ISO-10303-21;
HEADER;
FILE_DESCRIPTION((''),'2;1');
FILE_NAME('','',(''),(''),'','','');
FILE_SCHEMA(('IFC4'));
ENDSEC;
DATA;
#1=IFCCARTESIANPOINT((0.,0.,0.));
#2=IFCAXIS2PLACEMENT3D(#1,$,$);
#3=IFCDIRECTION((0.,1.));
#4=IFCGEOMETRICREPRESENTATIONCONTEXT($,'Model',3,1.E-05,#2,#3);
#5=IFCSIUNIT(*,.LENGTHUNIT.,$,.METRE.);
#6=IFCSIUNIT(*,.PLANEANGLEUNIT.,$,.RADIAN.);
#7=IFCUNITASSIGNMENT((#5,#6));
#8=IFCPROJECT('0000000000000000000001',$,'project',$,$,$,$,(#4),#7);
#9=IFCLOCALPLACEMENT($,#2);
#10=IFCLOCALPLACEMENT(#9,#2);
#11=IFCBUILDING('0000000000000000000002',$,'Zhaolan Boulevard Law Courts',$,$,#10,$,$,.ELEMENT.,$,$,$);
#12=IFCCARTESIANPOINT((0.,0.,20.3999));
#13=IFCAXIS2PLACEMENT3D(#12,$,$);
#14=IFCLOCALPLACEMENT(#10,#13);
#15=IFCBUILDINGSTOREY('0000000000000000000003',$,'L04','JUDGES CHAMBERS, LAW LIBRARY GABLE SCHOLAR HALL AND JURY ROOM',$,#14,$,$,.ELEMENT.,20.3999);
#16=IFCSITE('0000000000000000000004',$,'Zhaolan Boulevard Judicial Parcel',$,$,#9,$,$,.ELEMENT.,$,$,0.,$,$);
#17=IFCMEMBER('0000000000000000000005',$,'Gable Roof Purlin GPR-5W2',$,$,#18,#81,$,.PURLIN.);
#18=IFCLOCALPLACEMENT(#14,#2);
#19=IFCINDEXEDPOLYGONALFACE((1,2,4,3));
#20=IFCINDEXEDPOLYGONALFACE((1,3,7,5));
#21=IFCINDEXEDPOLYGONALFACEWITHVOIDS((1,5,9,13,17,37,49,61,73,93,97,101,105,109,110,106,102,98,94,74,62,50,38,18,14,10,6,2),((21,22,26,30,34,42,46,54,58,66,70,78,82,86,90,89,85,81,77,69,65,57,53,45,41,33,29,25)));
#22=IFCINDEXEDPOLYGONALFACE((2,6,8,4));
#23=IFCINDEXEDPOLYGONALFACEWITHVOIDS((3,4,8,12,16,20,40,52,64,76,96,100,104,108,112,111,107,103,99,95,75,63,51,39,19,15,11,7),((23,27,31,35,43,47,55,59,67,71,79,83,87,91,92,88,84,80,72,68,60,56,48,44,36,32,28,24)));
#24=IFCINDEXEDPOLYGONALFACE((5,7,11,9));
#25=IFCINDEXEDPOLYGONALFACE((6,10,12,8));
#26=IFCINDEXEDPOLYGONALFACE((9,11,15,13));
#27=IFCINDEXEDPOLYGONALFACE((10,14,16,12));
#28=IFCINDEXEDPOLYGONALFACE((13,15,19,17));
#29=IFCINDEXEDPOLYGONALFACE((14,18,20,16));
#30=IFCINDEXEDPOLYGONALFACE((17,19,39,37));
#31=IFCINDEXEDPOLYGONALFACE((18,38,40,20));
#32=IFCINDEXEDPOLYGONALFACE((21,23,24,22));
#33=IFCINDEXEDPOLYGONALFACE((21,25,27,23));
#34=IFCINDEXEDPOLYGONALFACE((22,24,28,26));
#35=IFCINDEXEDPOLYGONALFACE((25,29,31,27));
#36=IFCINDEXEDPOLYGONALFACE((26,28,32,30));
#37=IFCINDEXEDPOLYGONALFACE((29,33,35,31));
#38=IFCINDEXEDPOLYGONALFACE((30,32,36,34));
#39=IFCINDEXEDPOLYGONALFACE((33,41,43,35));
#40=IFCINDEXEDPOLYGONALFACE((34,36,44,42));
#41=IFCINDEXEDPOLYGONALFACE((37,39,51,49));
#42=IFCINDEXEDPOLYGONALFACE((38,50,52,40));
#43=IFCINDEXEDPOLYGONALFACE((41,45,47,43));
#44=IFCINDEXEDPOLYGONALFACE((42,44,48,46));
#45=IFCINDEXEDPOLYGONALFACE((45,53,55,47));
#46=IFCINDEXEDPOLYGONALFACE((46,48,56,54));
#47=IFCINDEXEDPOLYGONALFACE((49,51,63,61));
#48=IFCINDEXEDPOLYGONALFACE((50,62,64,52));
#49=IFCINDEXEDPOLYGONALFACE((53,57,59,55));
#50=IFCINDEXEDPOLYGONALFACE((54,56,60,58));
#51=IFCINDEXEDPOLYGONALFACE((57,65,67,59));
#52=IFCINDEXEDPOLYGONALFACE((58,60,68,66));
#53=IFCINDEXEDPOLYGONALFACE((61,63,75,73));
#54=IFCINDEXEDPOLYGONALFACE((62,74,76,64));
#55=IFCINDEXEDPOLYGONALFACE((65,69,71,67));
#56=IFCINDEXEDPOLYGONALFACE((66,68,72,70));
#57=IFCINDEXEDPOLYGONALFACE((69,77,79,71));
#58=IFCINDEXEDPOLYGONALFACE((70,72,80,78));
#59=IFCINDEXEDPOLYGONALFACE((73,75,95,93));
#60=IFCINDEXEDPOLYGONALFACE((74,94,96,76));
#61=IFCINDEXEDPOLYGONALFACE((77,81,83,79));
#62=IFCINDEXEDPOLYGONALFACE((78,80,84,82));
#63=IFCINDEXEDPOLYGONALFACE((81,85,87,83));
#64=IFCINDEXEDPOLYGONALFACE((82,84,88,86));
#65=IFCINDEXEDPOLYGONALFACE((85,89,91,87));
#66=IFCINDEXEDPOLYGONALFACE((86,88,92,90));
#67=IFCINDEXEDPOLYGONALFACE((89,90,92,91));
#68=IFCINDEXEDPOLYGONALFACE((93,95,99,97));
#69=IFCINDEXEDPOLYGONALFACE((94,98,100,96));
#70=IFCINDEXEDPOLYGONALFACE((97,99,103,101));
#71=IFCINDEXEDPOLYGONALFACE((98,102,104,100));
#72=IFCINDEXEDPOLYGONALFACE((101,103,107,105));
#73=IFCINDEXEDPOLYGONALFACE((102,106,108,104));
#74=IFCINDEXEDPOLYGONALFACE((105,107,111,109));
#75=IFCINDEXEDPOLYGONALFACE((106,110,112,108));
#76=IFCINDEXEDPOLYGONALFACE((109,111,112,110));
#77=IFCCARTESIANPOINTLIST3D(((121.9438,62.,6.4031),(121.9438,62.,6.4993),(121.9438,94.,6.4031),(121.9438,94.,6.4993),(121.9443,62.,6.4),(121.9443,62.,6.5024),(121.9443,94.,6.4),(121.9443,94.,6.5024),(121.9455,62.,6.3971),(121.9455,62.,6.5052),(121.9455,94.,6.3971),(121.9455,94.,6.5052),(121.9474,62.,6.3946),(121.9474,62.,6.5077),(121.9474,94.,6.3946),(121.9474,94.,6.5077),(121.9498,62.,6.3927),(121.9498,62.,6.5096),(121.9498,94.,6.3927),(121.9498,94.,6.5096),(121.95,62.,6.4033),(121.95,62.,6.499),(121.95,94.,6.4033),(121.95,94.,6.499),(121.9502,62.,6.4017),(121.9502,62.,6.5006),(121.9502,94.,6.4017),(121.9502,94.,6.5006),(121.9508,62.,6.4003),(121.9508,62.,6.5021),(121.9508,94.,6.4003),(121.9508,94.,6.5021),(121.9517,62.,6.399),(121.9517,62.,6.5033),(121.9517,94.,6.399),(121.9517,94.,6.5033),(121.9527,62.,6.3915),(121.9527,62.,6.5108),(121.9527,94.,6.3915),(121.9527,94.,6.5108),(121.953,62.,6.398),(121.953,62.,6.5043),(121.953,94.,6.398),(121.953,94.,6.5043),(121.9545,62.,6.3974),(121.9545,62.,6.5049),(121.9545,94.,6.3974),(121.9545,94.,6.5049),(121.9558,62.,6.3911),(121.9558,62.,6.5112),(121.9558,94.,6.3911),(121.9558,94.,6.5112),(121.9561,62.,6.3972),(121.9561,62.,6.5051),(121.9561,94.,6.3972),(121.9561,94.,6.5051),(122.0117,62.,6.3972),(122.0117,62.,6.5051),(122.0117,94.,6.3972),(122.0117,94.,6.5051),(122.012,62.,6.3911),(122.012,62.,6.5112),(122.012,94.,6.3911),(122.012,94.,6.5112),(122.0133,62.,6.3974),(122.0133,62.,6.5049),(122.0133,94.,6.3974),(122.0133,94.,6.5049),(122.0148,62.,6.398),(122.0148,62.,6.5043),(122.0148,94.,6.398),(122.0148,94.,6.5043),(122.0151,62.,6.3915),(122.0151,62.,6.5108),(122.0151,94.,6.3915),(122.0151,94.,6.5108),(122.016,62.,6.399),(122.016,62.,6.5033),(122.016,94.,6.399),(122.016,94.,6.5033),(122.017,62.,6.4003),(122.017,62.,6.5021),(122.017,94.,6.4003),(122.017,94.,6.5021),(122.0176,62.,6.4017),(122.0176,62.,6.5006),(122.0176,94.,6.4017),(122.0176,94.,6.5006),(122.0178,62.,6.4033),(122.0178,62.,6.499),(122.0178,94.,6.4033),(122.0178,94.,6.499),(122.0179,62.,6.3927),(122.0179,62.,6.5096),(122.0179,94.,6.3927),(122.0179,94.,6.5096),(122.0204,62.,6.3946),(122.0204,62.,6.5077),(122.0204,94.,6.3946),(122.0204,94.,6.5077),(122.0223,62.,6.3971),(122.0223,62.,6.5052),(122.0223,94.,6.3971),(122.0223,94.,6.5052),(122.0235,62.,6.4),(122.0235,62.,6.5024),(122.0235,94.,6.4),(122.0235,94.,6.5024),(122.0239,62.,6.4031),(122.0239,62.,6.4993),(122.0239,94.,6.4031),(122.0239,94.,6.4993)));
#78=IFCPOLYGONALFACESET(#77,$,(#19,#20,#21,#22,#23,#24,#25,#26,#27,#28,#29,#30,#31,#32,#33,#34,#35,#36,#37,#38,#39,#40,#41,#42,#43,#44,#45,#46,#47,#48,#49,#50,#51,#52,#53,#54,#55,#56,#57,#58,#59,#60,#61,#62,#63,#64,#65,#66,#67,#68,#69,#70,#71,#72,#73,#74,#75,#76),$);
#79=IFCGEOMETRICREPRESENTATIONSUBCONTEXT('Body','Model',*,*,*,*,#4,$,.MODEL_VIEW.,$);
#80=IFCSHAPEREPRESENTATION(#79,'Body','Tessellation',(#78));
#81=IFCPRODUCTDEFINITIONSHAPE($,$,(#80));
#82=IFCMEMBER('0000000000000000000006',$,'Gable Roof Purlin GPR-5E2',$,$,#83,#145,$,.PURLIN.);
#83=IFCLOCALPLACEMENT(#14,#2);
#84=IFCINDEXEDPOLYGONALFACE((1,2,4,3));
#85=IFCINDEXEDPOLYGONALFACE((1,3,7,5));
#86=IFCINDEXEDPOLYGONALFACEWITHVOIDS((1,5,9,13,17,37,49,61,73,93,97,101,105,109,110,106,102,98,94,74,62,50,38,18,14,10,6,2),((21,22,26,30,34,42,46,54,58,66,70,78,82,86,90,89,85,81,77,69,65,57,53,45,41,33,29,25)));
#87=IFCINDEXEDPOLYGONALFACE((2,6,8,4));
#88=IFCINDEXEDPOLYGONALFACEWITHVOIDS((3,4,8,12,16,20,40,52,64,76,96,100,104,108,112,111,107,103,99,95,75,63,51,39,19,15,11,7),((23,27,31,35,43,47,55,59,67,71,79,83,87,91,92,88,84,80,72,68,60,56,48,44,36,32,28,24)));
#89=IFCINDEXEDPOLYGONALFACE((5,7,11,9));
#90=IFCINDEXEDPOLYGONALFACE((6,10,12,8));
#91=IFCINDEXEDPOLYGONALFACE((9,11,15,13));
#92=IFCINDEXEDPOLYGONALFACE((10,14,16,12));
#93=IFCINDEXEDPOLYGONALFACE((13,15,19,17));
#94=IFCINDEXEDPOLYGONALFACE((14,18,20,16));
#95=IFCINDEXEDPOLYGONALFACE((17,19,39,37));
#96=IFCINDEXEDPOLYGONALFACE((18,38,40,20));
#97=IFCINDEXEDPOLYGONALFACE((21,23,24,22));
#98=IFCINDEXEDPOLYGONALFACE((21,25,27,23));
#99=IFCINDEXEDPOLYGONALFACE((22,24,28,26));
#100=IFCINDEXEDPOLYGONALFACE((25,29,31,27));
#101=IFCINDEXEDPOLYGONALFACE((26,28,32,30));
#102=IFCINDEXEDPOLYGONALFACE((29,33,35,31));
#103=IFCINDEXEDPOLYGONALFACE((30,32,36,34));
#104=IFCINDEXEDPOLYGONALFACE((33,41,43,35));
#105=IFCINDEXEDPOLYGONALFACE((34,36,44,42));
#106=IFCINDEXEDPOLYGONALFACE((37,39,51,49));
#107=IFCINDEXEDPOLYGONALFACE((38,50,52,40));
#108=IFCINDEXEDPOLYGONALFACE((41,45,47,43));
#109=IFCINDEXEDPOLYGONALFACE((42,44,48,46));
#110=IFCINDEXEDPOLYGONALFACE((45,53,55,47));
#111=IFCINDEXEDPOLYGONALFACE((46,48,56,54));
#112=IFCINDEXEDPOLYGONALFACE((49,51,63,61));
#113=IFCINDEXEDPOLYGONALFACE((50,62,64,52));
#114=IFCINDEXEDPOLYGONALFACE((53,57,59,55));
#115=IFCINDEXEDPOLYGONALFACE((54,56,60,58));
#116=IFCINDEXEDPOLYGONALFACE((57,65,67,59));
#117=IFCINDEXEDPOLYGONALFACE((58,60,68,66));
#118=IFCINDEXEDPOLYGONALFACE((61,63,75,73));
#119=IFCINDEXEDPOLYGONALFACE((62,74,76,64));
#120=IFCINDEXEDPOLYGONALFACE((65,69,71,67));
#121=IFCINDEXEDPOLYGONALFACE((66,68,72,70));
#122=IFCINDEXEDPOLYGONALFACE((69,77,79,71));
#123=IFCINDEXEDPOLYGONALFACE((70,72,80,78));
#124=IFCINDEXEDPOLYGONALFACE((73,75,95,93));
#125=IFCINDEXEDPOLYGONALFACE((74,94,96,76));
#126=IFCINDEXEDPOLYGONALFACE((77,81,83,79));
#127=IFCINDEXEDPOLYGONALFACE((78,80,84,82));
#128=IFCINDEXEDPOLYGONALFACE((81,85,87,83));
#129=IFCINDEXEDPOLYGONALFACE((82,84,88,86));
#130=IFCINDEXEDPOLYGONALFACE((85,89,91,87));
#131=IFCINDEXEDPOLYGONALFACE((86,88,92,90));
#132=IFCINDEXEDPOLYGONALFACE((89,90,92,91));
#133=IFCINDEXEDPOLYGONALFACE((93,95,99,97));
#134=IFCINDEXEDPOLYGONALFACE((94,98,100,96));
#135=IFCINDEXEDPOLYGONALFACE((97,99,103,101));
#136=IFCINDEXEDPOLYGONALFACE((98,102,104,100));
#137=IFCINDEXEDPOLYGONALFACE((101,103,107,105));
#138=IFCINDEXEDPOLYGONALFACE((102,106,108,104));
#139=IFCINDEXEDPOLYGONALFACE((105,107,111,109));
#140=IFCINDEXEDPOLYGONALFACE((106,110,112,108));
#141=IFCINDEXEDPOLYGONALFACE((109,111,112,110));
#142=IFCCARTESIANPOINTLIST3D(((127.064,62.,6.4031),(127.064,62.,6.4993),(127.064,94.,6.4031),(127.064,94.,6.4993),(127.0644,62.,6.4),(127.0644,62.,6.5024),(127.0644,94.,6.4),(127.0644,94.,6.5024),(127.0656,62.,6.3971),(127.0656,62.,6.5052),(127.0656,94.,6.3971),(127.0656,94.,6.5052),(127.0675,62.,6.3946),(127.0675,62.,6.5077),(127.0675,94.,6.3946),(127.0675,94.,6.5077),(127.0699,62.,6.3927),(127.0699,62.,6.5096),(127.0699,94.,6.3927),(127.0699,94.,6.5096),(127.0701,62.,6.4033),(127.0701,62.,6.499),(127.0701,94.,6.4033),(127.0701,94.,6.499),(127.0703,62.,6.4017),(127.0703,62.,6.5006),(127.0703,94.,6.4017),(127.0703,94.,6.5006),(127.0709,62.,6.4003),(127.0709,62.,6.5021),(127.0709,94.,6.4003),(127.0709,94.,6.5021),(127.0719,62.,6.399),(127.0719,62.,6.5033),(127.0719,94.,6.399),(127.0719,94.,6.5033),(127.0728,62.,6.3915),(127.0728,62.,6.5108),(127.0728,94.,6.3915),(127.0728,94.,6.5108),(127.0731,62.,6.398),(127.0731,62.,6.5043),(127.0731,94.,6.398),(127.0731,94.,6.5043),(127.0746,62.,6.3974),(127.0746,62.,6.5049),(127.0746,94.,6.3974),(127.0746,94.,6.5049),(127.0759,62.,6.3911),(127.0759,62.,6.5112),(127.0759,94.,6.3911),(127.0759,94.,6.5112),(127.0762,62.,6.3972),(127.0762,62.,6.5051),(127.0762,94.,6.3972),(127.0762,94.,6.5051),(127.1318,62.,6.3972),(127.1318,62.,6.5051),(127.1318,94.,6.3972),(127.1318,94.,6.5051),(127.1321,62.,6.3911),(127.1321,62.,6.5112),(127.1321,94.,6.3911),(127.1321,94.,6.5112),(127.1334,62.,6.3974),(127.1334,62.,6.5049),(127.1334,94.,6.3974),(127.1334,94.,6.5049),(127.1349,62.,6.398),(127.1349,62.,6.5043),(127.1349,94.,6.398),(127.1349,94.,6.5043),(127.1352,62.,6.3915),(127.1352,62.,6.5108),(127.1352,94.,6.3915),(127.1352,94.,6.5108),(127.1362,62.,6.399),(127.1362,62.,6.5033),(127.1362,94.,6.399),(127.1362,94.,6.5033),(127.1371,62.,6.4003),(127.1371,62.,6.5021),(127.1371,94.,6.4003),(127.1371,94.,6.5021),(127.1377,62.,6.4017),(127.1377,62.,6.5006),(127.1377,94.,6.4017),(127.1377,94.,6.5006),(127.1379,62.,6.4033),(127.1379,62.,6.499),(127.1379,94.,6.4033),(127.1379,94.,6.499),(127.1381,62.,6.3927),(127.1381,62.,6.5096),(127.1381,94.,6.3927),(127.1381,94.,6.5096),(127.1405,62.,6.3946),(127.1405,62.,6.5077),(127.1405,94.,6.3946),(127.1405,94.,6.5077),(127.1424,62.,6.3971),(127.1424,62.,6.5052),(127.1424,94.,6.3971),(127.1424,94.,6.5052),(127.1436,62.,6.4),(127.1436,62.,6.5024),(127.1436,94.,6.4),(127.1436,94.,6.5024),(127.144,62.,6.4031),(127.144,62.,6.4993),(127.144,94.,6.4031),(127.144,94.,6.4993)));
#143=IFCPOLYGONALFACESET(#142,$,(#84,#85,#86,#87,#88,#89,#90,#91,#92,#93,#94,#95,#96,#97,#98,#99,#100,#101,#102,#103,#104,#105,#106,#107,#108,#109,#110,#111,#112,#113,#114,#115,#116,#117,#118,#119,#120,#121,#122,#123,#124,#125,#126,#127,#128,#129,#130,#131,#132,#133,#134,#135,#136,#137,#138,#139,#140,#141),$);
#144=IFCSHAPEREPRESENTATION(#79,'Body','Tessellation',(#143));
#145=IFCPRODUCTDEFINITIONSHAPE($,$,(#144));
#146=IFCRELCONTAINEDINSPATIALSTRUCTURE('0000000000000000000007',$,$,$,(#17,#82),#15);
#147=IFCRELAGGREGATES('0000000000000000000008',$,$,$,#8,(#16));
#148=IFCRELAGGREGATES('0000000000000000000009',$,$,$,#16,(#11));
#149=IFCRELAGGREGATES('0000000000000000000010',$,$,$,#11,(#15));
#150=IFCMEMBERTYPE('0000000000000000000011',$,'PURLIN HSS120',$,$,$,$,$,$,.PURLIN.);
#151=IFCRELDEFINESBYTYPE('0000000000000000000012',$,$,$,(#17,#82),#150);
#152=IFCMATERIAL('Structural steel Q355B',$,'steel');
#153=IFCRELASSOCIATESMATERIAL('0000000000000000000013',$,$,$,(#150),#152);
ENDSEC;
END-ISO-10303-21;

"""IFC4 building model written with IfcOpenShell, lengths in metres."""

from ifc_helpers import new_model, si_unit, direction, frame, origin, origin_2d, place, context, subcontext, project, spatial, hollow_rectangle, extrude, material, material_profile, profile_set, type_object, element, save


model = new_model("IFC4")

# Units and contexts
model_context = context("Model", 3, precision=1e-05, world=origin(), true_north=direction((0.0, 1.0)))
body_context = subcontext(model_context, "Body", "Model", "MODEL_VIEW")
ifc_project = project(units=[si_unit("LENGTHUNIT", "METRE"), si_unit("PLANEANGLEUNIT", "RADIAN")], contexts=[model_context])

# Site, building, storey
site_placement = place(None, origin())
site = spatial("IfcSite", under=ifc_project, at=site_placement, Name="Zhaolan Boulevard Judicial Parcel", CompositionType="ELEMENT", RefElevation=0.0)
building_placement = place(site_placement, origin())
building = spatial("IfcBuilding", under=site, at=building_placement, Name="Zhaolan Boulevard Law Courts", CompositionType="ELEMENT")
storey_placement = place(building_placement, frame((0.0, 0.0, 20.3999)))
storey = spatial("IfcBuildingStorey", under=building, at=storey_placement, Name="L04", Description="JUDGES CHAMBERS, LAW LIBRARY GABLE SCHOLAR HALL AND JURY ROOM", CompositionType="ELEMENT", Elevation=20.3999)

# Members
ifc_material_1 = material(Name="Structural steel Q355B", Category="steel")
ifc_material_profile_1 = material_profile(ifc_material_1, hollow_rectangle(XDim=0.0801, YDim=0.1201, WallThickness=0.0061, InnerFilletRadius=0.0061, OuterFilletRadius=0.012, at=origin_2d()), Name="HSS120x80x6")
ifc_profile_set_1 = profile_set([ifc_material_profile_1], Name="Structural steel Q355B")
member_type_1 = type_object("IfcMemberType", Name="PURLIN HSS120", PredefinedType="PURLIN", material=ifc_profile_set_1)
for number, where, z_axis, x_axis, name in (
    (1, (121.9839, 62.0, 6.4512), (0.0, 1.0, 0.0), (-1.0, 0.0, 0.0), "Gable Roof Purlin GPR-5W2"),
    (2, (127.104, 62.0, 6.4512), (0.0, 1.0, 0.0), (-1.0, 0.0, 0.0), "Gable Roof Purlin GPR-5E2"),
):
    element("IfcMember", number, at=place(storey_placement, frame(where, z_axis=z_axis, x_axis=x_axis)), inside=storey, type_object=member_type_1, Name=name, PredefinedType="PURLIN", context=body_context, shape_type="SweptSolid", body=[
        extrude(hollow_rectangle(XDim=0.0801, YDim=0.1201, WallThickness=0.0061, InnerFilletRadius=0.0061, OuterFilletRadius=0.012, at=origin_2d()), origin(), (0.0, 0.0, 1.0), 32.0),
    ])

save(model, "model.ifc")
